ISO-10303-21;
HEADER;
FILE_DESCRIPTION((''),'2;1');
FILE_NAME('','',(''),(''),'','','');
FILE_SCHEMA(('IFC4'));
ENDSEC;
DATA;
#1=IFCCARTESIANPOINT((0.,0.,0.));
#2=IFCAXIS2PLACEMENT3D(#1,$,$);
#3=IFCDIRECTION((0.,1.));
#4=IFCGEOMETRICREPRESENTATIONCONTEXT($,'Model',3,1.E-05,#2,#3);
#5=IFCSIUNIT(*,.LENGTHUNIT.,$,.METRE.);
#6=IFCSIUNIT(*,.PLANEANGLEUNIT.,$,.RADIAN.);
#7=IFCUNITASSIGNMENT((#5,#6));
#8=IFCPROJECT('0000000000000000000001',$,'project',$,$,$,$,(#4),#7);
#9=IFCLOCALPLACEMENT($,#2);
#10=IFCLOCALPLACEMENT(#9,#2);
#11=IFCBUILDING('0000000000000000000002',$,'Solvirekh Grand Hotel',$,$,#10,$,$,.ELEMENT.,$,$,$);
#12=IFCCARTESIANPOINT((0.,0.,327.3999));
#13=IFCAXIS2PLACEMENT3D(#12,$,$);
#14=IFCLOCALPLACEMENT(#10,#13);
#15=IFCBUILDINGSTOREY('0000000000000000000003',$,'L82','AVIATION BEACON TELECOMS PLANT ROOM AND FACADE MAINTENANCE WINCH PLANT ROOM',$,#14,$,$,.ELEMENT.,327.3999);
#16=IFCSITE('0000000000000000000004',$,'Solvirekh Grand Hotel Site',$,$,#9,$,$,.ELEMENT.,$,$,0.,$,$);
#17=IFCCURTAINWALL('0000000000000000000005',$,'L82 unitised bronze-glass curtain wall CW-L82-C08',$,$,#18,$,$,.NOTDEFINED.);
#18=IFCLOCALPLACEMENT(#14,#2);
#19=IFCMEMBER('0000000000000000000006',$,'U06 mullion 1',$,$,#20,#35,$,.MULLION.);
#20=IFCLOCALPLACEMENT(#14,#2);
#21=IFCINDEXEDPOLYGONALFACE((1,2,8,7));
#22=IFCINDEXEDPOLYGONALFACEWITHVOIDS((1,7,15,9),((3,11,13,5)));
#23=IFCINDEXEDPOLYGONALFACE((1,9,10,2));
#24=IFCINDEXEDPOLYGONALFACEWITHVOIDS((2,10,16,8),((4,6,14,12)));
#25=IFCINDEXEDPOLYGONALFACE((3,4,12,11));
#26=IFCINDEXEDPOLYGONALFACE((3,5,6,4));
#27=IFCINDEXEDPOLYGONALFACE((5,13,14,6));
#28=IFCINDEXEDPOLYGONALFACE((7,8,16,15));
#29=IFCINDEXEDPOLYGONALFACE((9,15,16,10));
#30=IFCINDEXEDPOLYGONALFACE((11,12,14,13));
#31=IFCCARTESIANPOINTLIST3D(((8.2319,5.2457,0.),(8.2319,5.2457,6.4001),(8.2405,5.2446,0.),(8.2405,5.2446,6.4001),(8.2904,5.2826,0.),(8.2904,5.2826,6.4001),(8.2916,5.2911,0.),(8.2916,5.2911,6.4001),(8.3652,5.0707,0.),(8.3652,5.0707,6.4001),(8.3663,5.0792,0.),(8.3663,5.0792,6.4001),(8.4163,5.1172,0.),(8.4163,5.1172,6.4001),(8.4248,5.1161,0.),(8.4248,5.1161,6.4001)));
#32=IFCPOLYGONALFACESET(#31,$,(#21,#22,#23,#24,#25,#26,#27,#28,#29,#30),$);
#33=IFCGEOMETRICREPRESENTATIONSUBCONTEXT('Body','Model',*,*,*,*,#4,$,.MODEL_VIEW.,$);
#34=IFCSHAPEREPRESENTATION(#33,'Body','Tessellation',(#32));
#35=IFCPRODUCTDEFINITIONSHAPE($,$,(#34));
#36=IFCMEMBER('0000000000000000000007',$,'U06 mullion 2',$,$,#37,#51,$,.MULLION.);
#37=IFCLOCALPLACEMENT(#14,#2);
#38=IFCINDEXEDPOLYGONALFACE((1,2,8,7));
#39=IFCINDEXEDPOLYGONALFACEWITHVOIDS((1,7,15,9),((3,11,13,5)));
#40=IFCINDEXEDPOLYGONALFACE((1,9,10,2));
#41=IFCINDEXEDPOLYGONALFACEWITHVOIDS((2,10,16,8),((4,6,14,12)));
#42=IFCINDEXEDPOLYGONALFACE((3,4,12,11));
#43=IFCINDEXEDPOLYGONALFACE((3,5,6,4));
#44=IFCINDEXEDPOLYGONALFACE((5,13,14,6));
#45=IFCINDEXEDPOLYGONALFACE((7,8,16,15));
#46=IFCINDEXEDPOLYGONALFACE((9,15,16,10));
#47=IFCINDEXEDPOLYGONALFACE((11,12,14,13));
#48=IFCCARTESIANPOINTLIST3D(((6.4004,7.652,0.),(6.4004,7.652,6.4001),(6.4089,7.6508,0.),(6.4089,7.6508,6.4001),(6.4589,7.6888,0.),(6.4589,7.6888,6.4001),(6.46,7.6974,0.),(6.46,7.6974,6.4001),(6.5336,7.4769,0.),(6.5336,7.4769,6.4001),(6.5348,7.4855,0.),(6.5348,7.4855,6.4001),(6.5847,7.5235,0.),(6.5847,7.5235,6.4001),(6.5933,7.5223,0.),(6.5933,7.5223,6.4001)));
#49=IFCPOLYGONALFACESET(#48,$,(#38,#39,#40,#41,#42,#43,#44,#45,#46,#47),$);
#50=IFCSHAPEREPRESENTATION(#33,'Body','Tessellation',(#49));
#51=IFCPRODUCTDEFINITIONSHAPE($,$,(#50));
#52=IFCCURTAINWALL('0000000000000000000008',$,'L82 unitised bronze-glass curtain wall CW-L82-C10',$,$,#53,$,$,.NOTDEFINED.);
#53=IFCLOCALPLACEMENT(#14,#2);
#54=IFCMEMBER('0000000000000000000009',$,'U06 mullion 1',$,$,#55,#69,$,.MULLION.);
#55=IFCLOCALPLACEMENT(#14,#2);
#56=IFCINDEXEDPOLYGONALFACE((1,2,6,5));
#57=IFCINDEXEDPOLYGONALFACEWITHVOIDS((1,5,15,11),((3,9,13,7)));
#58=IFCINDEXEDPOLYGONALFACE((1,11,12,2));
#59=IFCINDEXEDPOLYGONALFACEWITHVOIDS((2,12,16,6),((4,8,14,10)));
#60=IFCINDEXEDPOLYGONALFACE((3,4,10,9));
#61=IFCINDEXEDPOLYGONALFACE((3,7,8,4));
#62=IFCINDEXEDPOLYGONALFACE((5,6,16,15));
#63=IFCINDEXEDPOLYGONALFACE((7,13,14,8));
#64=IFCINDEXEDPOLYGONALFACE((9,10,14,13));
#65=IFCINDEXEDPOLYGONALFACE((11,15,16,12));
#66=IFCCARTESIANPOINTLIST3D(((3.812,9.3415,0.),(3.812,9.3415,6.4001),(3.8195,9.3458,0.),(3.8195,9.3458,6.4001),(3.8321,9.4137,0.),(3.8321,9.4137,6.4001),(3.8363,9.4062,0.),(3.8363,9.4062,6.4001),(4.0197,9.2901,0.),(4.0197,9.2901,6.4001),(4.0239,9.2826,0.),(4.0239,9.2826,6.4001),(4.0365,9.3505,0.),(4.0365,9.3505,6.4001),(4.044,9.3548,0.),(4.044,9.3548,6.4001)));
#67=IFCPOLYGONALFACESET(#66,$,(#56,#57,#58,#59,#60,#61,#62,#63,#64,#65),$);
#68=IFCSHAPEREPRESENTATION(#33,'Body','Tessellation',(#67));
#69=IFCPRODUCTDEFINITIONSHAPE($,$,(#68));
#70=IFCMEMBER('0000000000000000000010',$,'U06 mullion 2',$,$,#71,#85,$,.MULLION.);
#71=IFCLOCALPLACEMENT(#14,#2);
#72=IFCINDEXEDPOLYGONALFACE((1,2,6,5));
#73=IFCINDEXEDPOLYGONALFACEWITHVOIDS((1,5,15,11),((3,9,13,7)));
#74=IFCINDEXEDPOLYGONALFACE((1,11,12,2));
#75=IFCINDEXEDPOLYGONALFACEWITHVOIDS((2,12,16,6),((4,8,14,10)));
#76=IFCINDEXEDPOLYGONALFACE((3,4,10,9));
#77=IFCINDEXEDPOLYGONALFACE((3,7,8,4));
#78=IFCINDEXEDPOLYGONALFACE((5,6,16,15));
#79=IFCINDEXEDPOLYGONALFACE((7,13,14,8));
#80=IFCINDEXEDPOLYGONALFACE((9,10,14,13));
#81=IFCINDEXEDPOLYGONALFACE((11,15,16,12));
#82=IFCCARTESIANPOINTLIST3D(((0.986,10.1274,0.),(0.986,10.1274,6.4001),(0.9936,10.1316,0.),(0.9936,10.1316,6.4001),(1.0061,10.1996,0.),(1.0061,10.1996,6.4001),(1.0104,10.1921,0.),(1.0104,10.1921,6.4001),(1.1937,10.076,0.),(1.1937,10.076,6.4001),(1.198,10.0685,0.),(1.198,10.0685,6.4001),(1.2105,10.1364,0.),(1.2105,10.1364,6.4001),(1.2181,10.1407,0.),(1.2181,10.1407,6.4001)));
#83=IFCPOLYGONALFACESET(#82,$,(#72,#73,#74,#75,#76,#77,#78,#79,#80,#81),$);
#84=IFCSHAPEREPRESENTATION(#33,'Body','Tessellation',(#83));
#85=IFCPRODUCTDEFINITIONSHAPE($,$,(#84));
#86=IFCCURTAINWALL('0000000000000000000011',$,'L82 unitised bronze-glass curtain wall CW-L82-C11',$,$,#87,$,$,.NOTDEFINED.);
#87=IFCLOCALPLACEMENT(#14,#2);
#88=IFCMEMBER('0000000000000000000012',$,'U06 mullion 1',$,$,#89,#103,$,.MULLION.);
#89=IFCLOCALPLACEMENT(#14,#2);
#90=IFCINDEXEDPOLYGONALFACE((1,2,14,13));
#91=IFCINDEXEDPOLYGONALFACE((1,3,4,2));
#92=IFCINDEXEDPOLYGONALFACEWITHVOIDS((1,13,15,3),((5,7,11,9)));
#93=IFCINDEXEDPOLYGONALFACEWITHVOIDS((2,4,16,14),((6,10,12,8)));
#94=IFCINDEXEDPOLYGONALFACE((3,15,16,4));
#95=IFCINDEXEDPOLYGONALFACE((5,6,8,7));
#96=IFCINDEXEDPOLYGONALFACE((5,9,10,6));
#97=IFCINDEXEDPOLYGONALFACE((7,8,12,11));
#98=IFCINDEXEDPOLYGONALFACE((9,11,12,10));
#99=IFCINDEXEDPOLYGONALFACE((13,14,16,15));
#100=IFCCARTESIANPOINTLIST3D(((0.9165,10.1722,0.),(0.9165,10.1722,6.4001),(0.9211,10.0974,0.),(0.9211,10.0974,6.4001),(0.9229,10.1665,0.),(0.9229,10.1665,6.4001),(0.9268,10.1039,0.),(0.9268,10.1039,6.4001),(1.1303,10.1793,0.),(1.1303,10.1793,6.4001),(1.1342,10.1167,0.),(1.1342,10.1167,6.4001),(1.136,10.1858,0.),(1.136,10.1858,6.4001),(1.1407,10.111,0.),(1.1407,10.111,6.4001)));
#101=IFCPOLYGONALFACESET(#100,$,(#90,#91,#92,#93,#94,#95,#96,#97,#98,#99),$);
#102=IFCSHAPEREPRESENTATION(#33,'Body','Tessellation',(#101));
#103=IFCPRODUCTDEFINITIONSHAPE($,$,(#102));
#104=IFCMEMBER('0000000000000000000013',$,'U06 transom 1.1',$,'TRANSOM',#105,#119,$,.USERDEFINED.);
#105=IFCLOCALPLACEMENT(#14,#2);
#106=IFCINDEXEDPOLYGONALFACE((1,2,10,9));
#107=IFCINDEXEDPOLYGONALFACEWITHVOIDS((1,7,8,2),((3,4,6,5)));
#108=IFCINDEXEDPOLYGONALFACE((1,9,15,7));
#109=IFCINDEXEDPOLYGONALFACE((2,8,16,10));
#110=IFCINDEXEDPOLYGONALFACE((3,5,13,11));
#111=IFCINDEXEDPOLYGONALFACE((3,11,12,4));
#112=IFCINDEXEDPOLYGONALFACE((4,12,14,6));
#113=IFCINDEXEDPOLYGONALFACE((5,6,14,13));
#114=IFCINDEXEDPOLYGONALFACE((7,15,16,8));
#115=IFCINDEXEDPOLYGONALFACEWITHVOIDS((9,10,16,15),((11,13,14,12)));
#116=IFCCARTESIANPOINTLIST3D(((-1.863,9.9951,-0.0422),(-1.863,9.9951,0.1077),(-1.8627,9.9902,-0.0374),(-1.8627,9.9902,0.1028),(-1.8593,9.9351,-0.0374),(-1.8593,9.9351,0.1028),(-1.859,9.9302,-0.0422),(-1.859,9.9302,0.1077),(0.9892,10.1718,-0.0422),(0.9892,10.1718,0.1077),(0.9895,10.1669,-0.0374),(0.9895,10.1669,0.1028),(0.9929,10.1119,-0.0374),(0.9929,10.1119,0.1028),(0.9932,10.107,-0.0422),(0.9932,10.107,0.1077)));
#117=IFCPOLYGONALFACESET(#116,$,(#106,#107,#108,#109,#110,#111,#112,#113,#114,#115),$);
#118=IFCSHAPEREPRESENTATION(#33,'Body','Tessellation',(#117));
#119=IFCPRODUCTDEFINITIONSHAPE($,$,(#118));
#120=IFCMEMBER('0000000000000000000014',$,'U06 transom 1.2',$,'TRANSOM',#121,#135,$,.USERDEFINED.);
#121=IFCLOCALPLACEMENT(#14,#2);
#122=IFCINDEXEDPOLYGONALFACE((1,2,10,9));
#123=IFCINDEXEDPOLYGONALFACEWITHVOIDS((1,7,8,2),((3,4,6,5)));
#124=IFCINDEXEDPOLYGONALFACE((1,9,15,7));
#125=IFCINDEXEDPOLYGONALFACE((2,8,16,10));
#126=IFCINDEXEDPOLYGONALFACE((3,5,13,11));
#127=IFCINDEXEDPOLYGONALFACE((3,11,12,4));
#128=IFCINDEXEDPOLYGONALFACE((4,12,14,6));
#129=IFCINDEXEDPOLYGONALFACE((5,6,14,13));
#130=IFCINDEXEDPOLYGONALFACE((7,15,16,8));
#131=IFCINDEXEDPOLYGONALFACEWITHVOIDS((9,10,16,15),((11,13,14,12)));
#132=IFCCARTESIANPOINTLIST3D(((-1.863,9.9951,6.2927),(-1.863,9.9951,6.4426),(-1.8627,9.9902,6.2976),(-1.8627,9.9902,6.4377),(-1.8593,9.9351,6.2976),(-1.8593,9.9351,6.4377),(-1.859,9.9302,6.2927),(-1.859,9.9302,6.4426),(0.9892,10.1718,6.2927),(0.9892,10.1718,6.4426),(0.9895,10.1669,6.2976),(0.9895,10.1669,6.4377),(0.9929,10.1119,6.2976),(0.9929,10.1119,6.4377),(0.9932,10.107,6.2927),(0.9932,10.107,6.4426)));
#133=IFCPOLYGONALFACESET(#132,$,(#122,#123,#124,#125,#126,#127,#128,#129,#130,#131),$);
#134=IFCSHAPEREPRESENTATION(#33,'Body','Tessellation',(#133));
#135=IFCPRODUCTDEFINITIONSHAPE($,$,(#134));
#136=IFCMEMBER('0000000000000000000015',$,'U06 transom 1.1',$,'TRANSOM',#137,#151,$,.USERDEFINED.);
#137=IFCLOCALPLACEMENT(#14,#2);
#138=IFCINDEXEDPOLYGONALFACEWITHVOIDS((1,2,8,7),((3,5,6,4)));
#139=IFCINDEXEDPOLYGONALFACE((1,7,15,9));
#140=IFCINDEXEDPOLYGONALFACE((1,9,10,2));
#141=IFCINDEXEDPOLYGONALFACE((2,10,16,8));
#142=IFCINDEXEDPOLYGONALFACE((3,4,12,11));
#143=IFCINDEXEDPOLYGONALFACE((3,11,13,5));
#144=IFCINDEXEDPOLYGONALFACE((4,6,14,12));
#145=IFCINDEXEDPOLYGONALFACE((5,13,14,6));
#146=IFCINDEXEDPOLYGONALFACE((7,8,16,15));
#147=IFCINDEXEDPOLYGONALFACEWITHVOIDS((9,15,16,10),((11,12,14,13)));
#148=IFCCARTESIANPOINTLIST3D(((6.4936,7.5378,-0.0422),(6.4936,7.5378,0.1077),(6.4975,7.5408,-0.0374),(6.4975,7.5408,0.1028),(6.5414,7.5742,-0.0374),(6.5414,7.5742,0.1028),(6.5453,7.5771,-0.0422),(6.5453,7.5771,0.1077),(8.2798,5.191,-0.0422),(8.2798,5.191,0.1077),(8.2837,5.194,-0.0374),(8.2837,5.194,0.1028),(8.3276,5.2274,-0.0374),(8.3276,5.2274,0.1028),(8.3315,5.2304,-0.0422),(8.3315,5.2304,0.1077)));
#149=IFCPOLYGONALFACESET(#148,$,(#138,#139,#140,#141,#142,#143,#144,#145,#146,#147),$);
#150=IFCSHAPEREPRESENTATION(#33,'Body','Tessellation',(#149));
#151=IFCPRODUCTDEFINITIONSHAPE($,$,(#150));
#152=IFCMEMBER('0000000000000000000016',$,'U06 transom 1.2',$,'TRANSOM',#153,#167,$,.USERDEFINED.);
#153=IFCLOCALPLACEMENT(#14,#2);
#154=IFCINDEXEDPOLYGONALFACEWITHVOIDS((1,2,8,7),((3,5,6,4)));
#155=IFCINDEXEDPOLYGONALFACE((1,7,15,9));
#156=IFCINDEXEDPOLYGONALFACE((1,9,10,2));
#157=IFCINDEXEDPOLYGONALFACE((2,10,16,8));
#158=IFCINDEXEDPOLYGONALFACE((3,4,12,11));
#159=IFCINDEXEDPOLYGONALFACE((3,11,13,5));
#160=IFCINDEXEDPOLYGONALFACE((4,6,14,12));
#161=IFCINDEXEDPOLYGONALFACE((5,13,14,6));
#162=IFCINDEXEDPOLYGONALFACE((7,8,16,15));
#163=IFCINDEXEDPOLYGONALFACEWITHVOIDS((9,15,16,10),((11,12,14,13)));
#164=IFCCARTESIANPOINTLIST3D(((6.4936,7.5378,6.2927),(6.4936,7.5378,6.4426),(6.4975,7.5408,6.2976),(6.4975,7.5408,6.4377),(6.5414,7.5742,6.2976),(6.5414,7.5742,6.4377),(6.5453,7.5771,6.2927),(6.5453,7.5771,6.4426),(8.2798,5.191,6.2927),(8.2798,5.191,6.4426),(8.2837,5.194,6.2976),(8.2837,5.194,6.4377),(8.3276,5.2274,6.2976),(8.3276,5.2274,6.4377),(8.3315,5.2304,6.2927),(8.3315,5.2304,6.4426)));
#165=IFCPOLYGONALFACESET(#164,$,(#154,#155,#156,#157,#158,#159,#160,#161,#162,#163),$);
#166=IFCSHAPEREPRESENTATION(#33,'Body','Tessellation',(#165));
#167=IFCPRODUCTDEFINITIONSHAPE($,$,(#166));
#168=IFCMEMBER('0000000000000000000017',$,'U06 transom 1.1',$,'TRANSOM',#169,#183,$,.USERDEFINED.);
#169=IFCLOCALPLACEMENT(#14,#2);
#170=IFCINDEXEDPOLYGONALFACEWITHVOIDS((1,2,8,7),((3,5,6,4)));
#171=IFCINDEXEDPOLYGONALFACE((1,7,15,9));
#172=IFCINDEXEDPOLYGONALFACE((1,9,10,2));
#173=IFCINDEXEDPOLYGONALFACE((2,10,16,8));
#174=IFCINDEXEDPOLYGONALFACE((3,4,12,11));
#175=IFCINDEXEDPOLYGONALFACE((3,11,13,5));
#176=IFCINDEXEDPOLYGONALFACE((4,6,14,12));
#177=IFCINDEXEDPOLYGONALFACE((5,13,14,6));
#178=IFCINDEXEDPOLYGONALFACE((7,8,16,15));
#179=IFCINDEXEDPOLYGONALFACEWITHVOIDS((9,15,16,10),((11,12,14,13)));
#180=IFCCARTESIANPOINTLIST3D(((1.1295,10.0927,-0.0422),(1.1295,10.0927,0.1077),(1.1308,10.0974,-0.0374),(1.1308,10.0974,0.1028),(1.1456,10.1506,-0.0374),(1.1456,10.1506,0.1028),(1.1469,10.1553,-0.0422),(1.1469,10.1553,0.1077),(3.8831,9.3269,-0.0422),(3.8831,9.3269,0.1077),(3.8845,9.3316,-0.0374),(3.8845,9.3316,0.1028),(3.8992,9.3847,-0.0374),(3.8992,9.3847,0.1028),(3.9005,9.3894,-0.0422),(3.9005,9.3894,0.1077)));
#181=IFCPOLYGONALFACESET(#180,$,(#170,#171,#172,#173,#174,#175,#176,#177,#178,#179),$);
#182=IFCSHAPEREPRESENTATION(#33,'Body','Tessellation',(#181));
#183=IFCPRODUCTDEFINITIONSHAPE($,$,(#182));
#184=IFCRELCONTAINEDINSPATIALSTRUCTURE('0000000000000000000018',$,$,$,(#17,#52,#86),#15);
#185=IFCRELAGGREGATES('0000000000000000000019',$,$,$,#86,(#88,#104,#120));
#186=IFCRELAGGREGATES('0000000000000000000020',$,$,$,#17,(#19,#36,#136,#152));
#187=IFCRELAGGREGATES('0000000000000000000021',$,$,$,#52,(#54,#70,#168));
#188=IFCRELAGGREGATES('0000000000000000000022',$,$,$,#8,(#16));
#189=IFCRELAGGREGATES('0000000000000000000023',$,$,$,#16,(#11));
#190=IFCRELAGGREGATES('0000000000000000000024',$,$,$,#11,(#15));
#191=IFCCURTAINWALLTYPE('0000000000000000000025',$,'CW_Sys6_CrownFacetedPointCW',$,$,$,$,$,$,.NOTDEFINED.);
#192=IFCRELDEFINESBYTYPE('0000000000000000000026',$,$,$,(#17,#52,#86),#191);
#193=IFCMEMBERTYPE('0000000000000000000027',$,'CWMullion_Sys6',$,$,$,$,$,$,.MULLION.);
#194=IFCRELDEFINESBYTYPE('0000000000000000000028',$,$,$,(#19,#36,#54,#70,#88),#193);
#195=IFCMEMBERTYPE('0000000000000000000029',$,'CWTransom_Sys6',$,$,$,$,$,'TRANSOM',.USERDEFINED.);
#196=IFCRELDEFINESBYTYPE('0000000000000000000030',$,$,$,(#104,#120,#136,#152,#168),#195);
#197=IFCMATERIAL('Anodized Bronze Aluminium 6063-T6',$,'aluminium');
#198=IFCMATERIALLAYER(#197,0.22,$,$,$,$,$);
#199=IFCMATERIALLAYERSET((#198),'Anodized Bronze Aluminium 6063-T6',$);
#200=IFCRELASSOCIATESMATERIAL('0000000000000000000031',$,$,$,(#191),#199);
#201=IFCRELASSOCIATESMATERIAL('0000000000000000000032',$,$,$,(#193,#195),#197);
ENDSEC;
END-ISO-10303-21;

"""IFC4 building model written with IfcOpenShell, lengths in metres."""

from ifc_helpers import new_model, si_unit, direction, frame, origin, origin_2d, place, context, subcontext, project, spatial, hollow_rectangle, extrude, source, transform, mapped, material, layer, layer_set, material_profile, profile_set, type_object, element, aggregate, save


model = new_model("IFC4")

# Units and contexts
model_context = context("Model", 3, precision=1e-05, world=origin(), true_north=direction((0.0, 1.0)))
body_context = subcontext(model_context, "Body", "Model", "MODEL_VIEW")
ifc_project = project(units=[si_unit("LENGTHUNIT", "METRE"), si_unit("PLANEANGLEUNIT", "RADIAN")], contexts=[model_context])

# Site, building, storey
site_placement = place(None, origin())
site = spatial("IfcSite", under=ifc_project, at=site_placement, Name="Solvirekh Grand Hotel Site", CompositionType="ELEMENT", RefElevation=0.0)
building_placement = place(site_placement, origin())
building = spatial("IfcBuilding", under=site, at=building_placement, Name="Solvirekh Grand Hotel", CompositionType="ELEMENT")
storey_placement = place(building_placement, frame((0.0, 0.0, 327.3999)))
storey = spatial("IfcBuildingStorey", under=building, at=storey_placement, Name="L82", Description="AVIATION BEACON TELECOMS PLANT ROOM AND FACADE MAINTENANCE WINCH PLANT ROOM", CompositionType="ELEMENT", Elevation=327.3999)

# Shared definitions
ifc_material_1 = material(Name="Anodized Bronze Aluminium 6063-T6", Category="aluminium")
ifc_layer_1 = layer(ifc_material_1, 0.22)
ifc_layer_set_1 = layer_set([ifc_layer_1], Name="Anodized Bronze Aluminium 6063-T6")
curtain_wall_type = type_object("IfcCurtainWallType", Name="CW_Sys6_CrownFacetedPointCW", PredefinedType="NOTDEFINED", material=ifc_layer_set_1)
ifc_material_profile_1 = material_profile(ifc_material_1, hollow_rectangle(XDim=0.075, YDim=0.22, WallThickness=0.0061, at=origin_2d()), Name="ALU RHS 220X75X6")
ifc_profile_set_1 = profile_set([ifc_material_profile_1], Name="Anodized Bronze Aluminium 6063-T6")
member_type_1 = type_object("IfcMemberType", Name="CWMullion_Sys6", PredefinedType="MULLION", material=ifc_profile_set_1)
shared_shape_1 = source(origin(), body_context, "Body", "SweptSolid", [
    extrude(hollow_rectangle(XDim=0.075, YDim=0.22, WallThickness=0.0061, at=origin_2d()), origin(), (0.0, 0.0, 1.0), 6.4001),
])

# Curtain walls, members
curtain_wall_1_placement = place(storey_placement, origin())
curtain_wall_1 = element("IfcCurtainWall", 1, at=curtain_wall_1_placement, inside=storey, type_object=curtain_wall_type, Name="L82 unitised bronze-glass curtain wall CW-L82-C08", PredefinedType="NOTDEFINED")
member_1_placement = place(storey_placement, frame((8.3284, 5.1809, 0.0), z_axis=(0.0, 0.0, 1.0), x_axis=(-0.795721, -0.605664, 0.0)))
member_1 = element("IfcMember", 2, at=member_1_placement, type_object=member_type_1, Name="U06 mullion 1", PredefinedType="MULLION", context=body_context, shape_type="MappedRepresentation", body=[
    mapped(shared_shape_1, transform((0.0, 0.0, 0.0), x_axis=(1.0, 0.0, 0.0), y_axis=(0.0, 1.0, 0.0), z_axis=(0.0, 0.0, 1.0), scale=1.0)),
])
member_2_placement = place(storey_placement, frame((6.4968, 7.5872, 0.0), z_axis=(0.0, 0.0, 1.0), x_axis=(-0.795721, -0.605664, 0.0)))
member_2 = element("IfcMember", 3, at=member_2_placement, type_object=member_type_1, Name="U06 mullion 2", PredefinedType="MULLION", context=body_context, shape_type="MappedRepresentation", body=[
    mapped(shared_shape_1, transform((0.0, 0.0, 0.0), x_axis=(1.0, 0.0, 0.0), y_axis=(0.0, 1.0, 0.0), z_axis=(0.0, 0.0, 1.0), scale=1.0)),
])
curtain_wall_2_placement = place(storey_placement, origin())
curtain_wall_2 = element("IfcCurtainWall", 4, at=curtain_wall_2_placement, inside=storey, type_object=curtain_wall_type, Name="L82 unitised bronze-glass curtain wall CW-L82-C10", PredefinedType="NOTDEFINED")
member_3_placement = place(storey_placement, frame((3.928, 9.3481, 0.0), z_axis=(0.0, 0.0, 1.0), x_axis=(-0.267952, -0.963432, 0.0)))
member_3 = element("IfcMember", 5, at=member_3_placement, type_object=member_type_1, Name="U06 mullion 1", PredefinedType="MULLION", context=body_context, shape_type="MappedRepresentation", body=[
    mapped(shared_shape_1, transform((0.0, 0.0, 0.0), x_axis=(1.0, 0.0, 0.0), y_axis=(0.0, 1.0, 0.0), z_axis=(0.0, 0.0, 1.0), scale=1.0)),
])
member_4_placement = place(storey_placement, frame((1.1021, 10.134, 0.0), z_axis=(0.0, 0.0, 1.0), x_axis=(-0.267952, -0.963432, 0.0)))
member_4 = element("IfcMember", 6, at=member_4_placement, type_object=member_type_1, Name="U06 mullion 2", PredefinedType="MULLION", context=body_context, shape_type="MappedRepresentation", body=[
    mapped(shared_shape_1, transform((0.0, 0.0, 0.0), x_axis=(1.0, 0.0, 0.0), y_axis=(0.0, 1.0, 0.0), z_axis=(0.0, 0.0, 1.0), scale=1.0)),
])
curtain_wall_3_placement = place(storey_placement, origin())
curtain_wall_3 = element("IfcCurtainWall", 7, at=curtain_wall_3_placement, inside=storey, type_object=curtain_wall_type, Name="L82 unitised bronze-glass curtain wall CW-L82-C11", PredefinedType="NOTDEFINED")
member_5_placement = place(storey_placement, frame((1.0286, 10.1416, 0.0), z_axis=(0.0, 0.0, 1.0), x_axis=(0.06184, -0.998086, 0.0)))
member_5 = element("IfcMember", 8, at=member_5_placement, type_object=member_type_1, Name="U06 mullion 1", PredefinedType="MULLION", context=body_context, shape_type="MappedRepresentation", body=[
    mapped(shared_shape_1, transform((0.0, 0.0, 0.0), x_axis=(1.0, 0.0, 0.0), y_axis=(0.0, 1.0, 0.0), z_axis=(0.0, 0.0, 1.0), scale=1.0)),
])
ifc_material_profile_2 = material_profile(ifc_material_1, hollow_rectangle(XDim=0.0649, YDim=0.1499, WallThickness=0.0049, at=origin_2d()), Name="ALU RHS 150X65X5")
ifc_profile_set_2 = profile_set([ifc_material_profile_2], Name="Anodized Bronze Aluminium 6063-T6")
member_type_2 = type_object("IfcMemberType", Name="CWTransom_Sys6", ElementType="TRANSOM", PredefinedType="USERDEFINED", material=ifc_profile_set_2)
shared_shape_2 = source(origin(), body_context, "Body", "SweptSolid", [
    extrude(hollow_rectangle(XDim=0.0649, YDim=0.1499, WallThickness=0.0049, at=origin_2d()), origin(), (0.0, 0.0, 1.0), 2.8577),
])
member_6_placement = place(storey_placement, frame((0.9912, 10.1394, 0.0327), z_axis=(-0.998085, -0.061852, 0.0), x_axis=(0.061852, -0.998085, 0.0)))
member_6 = element("IfcMember", 9, at=member_6_placement, type_object=member_type_2, Name="U06 transom 1.1", ObjectType="TRANSOM", PredefinedType="USERDEFINED", context=body_context, shape_type="MappedRepresentation", body=[
    mapped(shared_shape_2, transform((0.0, 0.0, 0.0), x_axis=(1.0, 0.0, 0.0), y_axis=(0.0, 1.0, 0.0), z_axis=(0.0, 0.0, 1.0), scale=1.0)),
])
member_7_placement = place(storey_placement, frame((0.9912, 10.1394, 6.3677), z_axis=(-0.998085, -0.061852, 0.0), x_axis=(0.061852, -0.998085, 0.0)))
member_7 = element("IfcMember", 10, at=member_7_placement, type_object=member_type_2, Name="U06 transom 1.2", ObjectType="TRANSOM", PredefinedType="USERDEFINED", context=body_context, shape_type="MappedRepresentation", body=[
    mapped(shared_shape_2, transform((0.0, 0.0, 0.0), x_axis=(1.0, 0.0, 0.0), y_axis=(0.0, 1.0, 0.0), z_axis=(0.0, 0.0, 1.0), scale=1.0)),
])
aggregate(curtain_wall_3, [member_5, member_6, member_7])

# Members
shared_shape_3 = source(origin(), body_context, "Body", "SweptSolid", [
    extrude(hollow_rectangle(XDim=0.0649, YDim=0.1499, WallThickness=0.0049, at=origin_2d()), origin(), (0.0, 0.0, 1.0), 2.9492),
])
member_8_placement = place(storey_placement, frame((8.3057, 5.2107, 0.0327), z_axis=(-0.605654, 0.795728, 0.0), x_axis=(-0.795728, -0.605654, 0.0)))
member_8 = element("IfcMember", 11, at=member_8_placement, type_object=member_type_2, Name="U06 transom 1.1", ObjectType="TRANSOM", PredefinedType="USERDEFINED", context=body_context, shape_type="MappedRepresentation", body=[
    mapped(shared_shape_3, transform((0.0, 0.0, 0.0), x_axis=(1.0, 0.0, 0.0), y_axis=(0.0, 1.0, 0.0), z_axis=(0.0, 0.0, 1.0), scale=1.0)),
])
member_9_placement = place(storey_placement, frame((8.3057, 5.2107, 6.3677), z_axis=(-0.605654, 0.795728, 0.0), x_axis=(-0.795728, -0.605654, 0.0)))
member_9 = element("IfcMember", 12, at=member_9_placement, type_object=member_type_2, Name="U06 transom 1.2", ObjectType="TRANSOM", PredefinedType="USERDEFINED", context=body_context, shape_type="MappedRepresentation", body=[
    mapped(shared_shape_3, transform((0.0, 0.0, 0.0), x_axis=(1.0, 0.0, 0.0), y_axis=(0.0, 1.0, 0.0), z_axis=(0.0, 0.0, 1.0), scale=1.0)),
])
shared_shape_4 = source(origin(), body_context, "Body", "SweptSolid", [
    extrude(hollow_rectangle(XDim=0.0649, YDim=0.1499, WallThickness=0.0049, at=origin_2d()), origin(), (0.0, 0.0, 1.0), 2.8582),
])
member_10_placement = place(storey_placement, frame((3.8918, 9.3582, 0.0327), z_axis=(-0.963431, 0.267957, 0.0), x_axis=(-0.267957, -0.963431, 0.0)))
member_10 = element("IfcMember", 13, at=member_10_placement, type_object=member_type_2, Name="U06 transom 1.1", ObjectType="TRANSOM", PredefinedType="USERDEFINED", context=body_context, shape_type="MappedRepresentation", body=[
    mapped(shared_shape_4, transform((0.0, 0.0, 0.0), x_axis=(1.0, 0.0, 0.0), y_axis=(0.0, 1.0, 0.0), z_axis=(0.0, 0.0, 1.0), scale=1.0)),
])

aggregate(curtain_wall_1, [member_1, member_2, member_8, member_9])
aggregate(curtain_wall_2, [member_3, member_4, member_10])

save(model, "model.ifc")
